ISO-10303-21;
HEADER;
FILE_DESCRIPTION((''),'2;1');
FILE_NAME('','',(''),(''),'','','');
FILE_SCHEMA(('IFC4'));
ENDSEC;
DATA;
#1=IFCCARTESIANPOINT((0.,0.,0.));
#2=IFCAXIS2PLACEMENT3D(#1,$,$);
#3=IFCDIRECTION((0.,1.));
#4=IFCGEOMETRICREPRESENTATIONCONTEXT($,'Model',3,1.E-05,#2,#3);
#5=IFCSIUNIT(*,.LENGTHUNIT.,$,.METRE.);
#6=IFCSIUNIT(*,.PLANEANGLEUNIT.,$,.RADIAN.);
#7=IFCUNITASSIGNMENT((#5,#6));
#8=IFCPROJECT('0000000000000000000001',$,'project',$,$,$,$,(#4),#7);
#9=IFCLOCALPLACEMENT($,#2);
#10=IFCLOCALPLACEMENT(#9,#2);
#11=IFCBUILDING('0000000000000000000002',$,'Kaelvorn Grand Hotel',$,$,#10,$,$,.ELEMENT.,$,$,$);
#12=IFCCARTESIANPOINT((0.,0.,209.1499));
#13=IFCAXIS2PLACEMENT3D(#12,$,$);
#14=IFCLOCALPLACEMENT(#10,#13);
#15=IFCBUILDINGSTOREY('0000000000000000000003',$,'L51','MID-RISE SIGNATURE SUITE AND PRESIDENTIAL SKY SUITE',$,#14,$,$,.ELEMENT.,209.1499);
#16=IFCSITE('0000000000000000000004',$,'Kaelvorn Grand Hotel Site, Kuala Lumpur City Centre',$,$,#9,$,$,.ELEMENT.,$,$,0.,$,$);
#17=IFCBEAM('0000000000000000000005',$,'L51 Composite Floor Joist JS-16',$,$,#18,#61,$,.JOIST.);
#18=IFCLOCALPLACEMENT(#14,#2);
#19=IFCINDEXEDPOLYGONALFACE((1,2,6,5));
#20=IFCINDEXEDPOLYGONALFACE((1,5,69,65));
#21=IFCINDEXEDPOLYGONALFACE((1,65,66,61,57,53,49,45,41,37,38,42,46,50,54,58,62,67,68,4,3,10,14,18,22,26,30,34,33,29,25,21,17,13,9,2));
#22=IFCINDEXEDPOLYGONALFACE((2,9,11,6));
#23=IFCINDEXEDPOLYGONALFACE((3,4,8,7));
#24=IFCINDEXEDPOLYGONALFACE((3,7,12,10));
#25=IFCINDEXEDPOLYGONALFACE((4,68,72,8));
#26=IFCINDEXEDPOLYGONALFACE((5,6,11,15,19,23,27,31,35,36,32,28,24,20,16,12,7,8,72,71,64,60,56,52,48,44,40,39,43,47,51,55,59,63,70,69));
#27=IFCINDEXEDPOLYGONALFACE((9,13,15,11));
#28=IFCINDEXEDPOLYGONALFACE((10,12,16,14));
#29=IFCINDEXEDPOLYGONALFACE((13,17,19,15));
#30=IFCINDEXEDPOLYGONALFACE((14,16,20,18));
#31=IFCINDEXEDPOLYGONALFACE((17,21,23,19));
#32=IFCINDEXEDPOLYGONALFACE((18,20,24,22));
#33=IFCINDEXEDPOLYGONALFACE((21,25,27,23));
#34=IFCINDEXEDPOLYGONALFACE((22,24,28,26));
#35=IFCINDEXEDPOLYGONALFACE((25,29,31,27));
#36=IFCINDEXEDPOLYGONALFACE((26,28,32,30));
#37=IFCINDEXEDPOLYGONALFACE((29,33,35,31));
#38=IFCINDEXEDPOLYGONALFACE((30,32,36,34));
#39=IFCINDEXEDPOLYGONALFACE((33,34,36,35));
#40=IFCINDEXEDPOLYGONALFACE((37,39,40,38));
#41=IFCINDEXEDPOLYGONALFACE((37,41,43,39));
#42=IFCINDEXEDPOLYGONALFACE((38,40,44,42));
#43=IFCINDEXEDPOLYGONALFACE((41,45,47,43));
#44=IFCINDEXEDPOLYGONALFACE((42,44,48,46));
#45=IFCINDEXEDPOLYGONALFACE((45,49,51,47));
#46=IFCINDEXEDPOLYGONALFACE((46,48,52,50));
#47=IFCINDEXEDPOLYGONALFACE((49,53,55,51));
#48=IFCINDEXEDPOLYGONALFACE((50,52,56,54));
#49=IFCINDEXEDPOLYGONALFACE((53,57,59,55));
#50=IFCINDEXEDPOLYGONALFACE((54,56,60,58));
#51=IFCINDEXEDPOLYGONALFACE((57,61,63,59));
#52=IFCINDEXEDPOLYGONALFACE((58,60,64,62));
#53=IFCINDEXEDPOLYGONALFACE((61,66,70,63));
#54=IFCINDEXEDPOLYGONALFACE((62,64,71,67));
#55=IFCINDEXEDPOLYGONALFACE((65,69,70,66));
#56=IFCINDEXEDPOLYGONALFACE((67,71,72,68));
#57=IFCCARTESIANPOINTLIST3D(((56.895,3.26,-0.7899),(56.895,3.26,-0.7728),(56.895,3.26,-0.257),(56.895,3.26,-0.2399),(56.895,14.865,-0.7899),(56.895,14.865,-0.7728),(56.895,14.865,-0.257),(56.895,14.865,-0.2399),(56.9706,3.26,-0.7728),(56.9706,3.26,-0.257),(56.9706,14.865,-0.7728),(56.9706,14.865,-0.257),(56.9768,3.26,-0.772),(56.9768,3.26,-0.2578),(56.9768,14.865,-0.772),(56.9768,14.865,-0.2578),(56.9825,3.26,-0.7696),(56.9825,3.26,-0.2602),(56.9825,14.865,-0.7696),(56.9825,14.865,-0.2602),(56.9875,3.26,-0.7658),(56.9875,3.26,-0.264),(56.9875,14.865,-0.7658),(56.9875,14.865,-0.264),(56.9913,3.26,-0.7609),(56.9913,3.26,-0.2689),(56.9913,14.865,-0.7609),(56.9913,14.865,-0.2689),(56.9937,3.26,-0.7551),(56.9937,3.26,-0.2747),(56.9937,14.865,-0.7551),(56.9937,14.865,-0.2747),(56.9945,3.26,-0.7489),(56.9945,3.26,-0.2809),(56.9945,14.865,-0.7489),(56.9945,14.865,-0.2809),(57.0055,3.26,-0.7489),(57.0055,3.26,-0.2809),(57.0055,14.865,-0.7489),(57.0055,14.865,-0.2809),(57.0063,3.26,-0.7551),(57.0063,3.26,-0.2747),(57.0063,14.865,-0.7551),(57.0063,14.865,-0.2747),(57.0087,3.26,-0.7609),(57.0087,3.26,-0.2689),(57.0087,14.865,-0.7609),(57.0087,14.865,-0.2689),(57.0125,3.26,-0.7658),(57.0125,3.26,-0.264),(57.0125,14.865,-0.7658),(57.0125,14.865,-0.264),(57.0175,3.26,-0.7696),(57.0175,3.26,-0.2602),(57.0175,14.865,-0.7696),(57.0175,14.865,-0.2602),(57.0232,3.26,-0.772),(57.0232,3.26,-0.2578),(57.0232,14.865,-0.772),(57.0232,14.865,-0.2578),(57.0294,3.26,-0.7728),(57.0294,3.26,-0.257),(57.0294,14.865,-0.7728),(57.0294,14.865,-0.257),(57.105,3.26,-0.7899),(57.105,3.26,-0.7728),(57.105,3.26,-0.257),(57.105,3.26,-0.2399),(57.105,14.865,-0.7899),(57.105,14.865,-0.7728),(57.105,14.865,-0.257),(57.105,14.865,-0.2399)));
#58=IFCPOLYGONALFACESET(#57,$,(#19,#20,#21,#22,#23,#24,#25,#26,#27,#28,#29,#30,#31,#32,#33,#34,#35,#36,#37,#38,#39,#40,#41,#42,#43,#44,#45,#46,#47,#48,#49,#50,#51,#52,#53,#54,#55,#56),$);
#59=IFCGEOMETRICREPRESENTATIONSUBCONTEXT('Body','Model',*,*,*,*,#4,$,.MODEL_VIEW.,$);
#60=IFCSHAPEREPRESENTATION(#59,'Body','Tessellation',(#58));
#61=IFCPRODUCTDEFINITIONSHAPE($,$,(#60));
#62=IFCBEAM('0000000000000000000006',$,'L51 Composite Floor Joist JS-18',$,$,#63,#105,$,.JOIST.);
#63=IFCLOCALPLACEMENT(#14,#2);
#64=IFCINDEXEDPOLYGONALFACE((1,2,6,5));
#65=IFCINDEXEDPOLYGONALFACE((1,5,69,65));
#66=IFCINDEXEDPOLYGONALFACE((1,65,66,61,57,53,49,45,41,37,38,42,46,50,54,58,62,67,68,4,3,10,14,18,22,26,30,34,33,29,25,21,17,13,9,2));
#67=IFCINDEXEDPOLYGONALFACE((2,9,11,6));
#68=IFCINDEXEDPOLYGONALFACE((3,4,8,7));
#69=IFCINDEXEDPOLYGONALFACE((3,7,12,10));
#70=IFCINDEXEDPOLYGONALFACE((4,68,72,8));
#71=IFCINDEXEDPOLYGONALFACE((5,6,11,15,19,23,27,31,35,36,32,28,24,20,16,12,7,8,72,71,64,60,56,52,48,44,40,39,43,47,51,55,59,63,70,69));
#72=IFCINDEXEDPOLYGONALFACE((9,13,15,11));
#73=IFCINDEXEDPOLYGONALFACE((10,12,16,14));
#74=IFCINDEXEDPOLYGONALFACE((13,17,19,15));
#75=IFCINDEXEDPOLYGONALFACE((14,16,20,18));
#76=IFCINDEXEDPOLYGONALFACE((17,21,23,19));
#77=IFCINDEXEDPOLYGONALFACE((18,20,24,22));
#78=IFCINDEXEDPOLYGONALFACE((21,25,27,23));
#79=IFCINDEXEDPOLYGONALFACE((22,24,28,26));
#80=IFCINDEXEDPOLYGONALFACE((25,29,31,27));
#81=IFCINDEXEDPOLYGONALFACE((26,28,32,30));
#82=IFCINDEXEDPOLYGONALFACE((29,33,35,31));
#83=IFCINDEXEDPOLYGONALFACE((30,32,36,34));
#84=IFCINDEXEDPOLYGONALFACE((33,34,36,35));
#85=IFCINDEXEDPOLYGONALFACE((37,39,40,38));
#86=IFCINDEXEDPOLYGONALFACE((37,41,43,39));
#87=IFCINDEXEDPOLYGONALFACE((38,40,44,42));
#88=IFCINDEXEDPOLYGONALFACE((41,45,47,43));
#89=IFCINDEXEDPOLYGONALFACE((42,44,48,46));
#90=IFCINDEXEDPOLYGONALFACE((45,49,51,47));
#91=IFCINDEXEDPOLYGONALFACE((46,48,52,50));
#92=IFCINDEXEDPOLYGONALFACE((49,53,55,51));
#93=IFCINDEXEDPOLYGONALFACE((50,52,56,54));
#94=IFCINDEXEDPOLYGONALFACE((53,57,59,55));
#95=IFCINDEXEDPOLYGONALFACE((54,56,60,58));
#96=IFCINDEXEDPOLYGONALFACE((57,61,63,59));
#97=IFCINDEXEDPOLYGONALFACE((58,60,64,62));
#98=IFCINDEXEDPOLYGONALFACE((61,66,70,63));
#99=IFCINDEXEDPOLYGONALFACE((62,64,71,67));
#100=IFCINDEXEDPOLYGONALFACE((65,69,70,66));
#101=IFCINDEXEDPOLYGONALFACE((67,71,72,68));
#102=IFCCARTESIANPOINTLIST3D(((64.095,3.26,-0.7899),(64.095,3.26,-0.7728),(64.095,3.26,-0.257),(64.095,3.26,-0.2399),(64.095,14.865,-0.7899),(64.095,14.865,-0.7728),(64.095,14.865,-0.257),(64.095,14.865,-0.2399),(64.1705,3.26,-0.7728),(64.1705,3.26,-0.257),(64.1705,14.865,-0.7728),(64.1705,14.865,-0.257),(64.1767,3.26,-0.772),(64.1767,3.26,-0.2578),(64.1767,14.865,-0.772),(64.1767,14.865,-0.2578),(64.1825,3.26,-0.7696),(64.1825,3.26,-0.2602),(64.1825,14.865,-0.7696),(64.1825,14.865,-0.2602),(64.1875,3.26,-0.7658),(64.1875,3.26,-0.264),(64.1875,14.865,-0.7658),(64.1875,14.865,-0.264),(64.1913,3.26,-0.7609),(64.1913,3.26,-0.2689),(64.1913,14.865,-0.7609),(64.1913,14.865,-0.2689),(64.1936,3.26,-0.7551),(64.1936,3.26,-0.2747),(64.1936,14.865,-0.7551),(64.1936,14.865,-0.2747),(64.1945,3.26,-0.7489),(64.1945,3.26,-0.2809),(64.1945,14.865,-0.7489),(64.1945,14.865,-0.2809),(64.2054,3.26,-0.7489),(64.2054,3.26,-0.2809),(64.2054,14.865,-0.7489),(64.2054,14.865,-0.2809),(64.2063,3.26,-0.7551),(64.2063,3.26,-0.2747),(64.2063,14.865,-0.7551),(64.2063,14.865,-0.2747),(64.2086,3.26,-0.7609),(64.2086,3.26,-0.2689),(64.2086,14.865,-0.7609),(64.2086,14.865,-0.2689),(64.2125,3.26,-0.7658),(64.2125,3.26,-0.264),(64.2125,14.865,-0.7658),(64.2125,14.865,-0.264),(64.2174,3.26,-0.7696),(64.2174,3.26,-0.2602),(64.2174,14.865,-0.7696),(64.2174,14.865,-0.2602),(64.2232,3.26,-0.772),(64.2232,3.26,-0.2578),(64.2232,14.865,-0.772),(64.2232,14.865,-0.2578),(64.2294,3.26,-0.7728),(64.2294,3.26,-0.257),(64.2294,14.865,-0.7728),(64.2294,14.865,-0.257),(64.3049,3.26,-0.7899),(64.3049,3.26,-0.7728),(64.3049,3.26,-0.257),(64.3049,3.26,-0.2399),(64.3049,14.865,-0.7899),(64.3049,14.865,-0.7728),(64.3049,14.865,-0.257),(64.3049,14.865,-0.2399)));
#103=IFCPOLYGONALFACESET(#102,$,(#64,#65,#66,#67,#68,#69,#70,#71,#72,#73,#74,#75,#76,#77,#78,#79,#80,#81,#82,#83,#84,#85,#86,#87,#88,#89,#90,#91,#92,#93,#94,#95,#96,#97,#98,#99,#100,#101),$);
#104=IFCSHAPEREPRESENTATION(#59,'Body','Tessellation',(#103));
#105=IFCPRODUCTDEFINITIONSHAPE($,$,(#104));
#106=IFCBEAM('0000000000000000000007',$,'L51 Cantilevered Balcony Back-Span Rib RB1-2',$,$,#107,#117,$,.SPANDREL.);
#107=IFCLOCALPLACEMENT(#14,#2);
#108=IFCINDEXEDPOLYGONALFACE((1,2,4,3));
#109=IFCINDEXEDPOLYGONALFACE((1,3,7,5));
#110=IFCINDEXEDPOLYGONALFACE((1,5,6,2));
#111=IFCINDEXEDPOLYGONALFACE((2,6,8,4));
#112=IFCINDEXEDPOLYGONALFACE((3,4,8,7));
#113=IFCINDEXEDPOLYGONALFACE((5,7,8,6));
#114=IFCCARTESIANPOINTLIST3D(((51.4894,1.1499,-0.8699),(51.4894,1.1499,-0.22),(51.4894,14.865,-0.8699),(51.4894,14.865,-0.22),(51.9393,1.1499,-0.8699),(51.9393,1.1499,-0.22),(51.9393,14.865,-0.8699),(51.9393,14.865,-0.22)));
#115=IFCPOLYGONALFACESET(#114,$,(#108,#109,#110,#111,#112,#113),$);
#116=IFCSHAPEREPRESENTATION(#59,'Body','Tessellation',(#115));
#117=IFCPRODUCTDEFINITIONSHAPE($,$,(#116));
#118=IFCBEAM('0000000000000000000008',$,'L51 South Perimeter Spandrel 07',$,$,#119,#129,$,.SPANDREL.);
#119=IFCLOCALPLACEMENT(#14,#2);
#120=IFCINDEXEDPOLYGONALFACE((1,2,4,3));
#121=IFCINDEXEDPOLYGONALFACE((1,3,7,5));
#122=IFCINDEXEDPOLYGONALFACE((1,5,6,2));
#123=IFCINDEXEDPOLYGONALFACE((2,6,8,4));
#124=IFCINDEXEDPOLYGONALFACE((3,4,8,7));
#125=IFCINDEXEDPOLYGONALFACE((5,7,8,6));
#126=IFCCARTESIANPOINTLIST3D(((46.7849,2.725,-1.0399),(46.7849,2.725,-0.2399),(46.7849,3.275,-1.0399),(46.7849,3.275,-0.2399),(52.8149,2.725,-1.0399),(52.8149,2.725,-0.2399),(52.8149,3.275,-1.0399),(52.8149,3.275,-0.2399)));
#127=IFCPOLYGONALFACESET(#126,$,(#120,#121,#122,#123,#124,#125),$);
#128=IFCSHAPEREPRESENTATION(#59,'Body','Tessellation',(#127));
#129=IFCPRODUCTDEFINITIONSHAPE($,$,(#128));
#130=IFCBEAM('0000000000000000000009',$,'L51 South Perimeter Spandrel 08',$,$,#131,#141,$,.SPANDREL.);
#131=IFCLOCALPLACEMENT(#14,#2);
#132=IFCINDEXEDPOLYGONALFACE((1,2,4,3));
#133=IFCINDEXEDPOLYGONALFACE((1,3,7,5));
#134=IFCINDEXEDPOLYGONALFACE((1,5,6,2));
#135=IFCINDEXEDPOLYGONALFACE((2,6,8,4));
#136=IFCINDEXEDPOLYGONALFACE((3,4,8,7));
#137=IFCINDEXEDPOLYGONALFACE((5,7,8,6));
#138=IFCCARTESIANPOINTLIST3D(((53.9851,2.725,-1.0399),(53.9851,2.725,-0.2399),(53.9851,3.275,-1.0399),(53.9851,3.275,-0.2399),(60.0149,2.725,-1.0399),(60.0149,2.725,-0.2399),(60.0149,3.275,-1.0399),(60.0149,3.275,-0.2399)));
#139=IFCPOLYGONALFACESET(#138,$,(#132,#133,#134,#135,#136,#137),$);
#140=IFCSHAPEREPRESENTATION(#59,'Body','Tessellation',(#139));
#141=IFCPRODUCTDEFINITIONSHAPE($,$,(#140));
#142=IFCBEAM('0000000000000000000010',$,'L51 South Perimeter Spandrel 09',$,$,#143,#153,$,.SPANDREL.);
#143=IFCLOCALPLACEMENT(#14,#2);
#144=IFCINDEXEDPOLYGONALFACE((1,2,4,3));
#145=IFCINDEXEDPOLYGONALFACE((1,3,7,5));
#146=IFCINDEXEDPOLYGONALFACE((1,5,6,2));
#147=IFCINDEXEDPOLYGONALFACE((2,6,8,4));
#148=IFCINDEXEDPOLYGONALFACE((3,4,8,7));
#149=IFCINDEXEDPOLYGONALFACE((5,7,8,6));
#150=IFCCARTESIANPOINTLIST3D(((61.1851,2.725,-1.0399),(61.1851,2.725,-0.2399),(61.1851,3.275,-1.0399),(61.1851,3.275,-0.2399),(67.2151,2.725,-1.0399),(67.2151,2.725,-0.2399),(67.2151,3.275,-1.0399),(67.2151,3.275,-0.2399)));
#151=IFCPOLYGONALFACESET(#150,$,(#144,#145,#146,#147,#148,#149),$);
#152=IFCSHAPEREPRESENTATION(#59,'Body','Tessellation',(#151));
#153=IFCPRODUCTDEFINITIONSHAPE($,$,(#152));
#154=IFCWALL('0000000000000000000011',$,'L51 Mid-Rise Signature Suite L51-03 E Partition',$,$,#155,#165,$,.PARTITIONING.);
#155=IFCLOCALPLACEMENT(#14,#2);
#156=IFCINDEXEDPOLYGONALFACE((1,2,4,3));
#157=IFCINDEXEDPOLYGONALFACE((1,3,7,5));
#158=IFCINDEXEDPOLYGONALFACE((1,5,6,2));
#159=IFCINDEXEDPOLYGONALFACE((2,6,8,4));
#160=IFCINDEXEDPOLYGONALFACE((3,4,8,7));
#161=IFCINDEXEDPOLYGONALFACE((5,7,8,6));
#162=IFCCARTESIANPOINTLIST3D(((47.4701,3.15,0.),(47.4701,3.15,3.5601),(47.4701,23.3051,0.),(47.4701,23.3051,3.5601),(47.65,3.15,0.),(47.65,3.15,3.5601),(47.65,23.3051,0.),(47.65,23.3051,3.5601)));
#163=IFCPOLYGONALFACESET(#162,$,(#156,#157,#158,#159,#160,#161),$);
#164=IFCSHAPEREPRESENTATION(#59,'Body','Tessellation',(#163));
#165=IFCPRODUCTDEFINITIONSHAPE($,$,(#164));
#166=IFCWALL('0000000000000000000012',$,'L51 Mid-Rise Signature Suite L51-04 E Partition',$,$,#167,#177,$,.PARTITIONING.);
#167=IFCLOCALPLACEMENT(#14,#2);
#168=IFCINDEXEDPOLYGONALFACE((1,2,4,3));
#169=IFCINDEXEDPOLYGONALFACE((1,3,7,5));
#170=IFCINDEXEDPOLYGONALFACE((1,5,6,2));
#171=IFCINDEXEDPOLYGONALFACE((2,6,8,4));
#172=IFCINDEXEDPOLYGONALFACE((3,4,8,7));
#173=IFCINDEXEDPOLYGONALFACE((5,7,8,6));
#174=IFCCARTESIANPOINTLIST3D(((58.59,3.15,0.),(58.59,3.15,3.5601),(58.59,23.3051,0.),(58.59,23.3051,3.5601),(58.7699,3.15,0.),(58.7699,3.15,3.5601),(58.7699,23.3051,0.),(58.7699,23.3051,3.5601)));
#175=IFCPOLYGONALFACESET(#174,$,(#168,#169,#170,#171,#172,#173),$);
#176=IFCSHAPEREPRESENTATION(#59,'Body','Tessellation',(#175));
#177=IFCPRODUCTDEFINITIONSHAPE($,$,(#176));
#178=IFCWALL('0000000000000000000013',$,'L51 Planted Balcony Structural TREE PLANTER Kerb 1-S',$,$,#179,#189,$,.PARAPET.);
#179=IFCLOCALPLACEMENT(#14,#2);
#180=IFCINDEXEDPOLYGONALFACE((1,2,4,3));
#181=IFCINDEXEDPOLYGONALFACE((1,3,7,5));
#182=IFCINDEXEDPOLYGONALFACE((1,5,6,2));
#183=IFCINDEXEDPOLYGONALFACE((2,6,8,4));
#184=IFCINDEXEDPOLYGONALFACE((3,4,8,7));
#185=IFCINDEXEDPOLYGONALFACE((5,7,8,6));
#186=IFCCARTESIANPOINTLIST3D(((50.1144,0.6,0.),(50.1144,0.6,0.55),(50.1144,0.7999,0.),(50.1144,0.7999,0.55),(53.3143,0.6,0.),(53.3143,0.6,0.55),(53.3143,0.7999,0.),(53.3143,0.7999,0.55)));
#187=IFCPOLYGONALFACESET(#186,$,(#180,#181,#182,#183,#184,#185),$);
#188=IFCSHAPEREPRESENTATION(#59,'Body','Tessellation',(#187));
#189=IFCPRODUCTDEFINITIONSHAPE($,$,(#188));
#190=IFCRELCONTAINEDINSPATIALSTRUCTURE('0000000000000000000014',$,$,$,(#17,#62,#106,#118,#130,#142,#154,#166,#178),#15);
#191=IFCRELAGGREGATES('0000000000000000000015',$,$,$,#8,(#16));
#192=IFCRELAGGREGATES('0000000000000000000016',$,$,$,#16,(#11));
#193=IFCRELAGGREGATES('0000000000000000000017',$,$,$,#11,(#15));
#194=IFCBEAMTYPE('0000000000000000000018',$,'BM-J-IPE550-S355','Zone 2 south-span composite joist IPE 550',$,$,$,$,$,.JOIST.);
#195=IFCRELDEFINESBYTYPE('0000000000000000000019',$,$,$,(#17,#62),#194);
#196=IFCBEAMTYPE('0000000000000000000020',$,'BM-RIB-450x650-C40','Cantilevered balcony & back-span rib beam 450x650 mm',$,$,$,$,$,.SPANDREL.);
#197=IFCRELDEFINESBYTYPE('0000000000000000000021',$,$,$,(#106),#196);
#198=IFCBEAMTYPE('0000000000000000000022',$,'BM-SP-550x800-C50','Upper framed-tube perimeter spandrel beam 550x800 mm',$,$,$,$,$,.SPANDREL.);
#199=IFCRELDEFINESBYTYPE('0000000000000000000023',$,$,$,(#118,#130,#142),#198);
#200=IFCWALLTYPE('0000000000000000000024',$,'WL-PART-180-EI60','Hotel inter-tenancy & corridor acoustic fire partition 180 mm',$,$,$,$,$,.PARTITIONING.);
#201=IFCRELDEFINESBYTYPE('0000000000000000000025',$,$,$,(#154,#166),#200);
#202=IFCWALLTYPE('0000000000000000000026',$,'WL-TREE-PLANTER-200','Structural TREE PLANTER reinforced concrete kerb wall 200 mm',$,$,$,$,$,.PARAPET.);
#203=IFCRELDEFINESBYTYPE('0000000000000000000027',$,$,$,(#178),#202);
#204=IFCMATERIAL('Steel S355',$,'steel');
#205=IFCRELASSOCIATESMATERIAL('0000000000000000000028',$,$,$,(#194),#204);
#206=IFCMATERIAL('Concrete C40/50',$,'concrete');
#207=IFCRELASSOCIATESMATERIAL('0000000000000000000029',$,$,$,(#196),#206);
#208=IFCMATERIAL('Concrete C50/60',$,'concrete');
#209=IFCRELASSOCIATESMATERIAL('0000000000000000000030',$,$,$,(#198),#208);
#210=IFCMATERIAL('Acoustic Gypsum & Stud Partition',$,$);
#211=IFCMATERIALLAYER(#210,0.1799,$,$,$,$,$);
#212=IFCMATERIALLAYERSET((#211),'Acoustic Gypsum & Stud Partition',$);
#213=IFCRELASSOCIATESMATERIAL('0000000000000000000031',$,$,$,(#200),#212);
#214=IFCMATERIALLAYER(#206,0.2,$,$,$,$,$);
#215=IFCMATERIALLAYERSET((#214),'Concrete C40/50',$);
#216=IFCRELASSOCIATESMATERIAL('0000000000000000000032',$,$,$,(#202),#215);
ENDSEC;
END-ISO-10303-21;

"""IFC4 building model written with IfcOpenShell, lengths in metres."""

from ifc_helpers import new_model, si_unit, direction, frame, frame_2d, origin, origin_2d, place, context, subcontext, project, spatial, rectangle, i_section, extrude, material, layer, layer_set, material_profile, profile_set, type_object, element, save


model = new_model("IFC4")

# Units and contexts
model_context = context("Model", 3, precision=1e-05, world=origin(), true_north=direction((0.0, 1.0)))
body_context = subcontext(model_context, "Body", "Model", "MODEL_VIEW")
ifc_project = project(units=[si_unit("LENGTHUNIT", "METRE"), si_unit("PLANEANGLEUNIT", "RADIAN")], contexts=[model_context])

# Site, building, storey
site_placement = place(None, origin())
site = spatial("IfcSite", under=ifc_project, at=site_placement, Name="Kaelvorn Grand Hotel Site, Kuala Lumpur City Centre", CompositionType="ELEMENT", RefElevation=0.0)
building_placement = place(site_placement, origin())
building = spatial("IfcBuilding", under=site, at=building_placement, Name="Kaelvorn Grand Hotel", CompositionType="ELEMENT")
storey_placement = place(building_placement, frame((0.0, 0.0, 209.1499)))
storey = spatial("IfcBuildingStorey", under=building, at=storey_placement, Name="L51", Description="MID-RISE SIGNATURE SUITE AND PRESIDENTIAL SKY SUITE", CompositionType="ELEMENT", Elevation=209.1499)

# Beams
ifc_material_1 = material(Name="Steel S355", Category="steel")
ifc_material_profile_1 = material_profile(ifc_material_1, i_section(OverallWidth=0.21, OverallDepth=0.55, WebThickness=0.011, FlangeThickness=0.0171, FilletRadius=0.0239, at=origin_2d()), Name="IPE 550")
ifc_profile_set_1 = profile_set([ifc_material_profile_1], Name="Steel S355")
beam_type_1 = type_object("IfcBeamType", Name="BM-J-IPE550-S355", Description="Zone 2 south-span composite joist IPE 550", PredefinedType="JOIST", material=ifc_profile_set_1)
for number, where, z_axis, x_axis, name in (
    (1, (57.0, 3.26, -0.5149), (0.0, 1.0, 0.0), (-1.0, 0.0, 0.0), "L51 Composite Floor Joist JS-16"),
    (2, (64.2, 3.26, -0.5149), (0.0, 1.0, 0.0), (-1.0, 0.0, 0.0), "L51 Composite Floor Joist JS-18"),
):
    element("IfcBeam", number, at=place(storey_placement, frame(where, z_axis=z_axis, x_axis=x_axis)), inside=storey, type_object=beam_type_1, Name=name, PredefinedType="JOIST", context=body_context, shape_type="SweptSolid", body=[
        extrude(i_section(OverallWidth=0.21, OverallDepth=0.55, WebThickness=0.011, FlangeThickness=0.0171, FilletRadius=0.0239, at=origin_2d()), origin(), (0.0, 0.0, 1.0), 11.605),
    ])
ifc_material_2 = material(Name="Concrete C40/50", Category="concrete")
ifc_material_profile_2 = material_profile(ifc_material_2, rectangle(XDim=0.45, YDim=0.6499, at=origin_2d()), Name="RC RIB 450x650")
ifc_profile_set_2 = profile_set([ifc_material_profile_2], Name="Concrete C40/50")
beam_type_2 = type_object("IfcBeamType", Name="BM-RIB-450x650-C40", Description="Cantilevered balcony & back-span rib beam 450x650 mm", PredefinedType="SPANDREL", material=ifc_profile_set_2)
beam_1_placement = place(storey_placement, frame((51.7144, 1.1499, -0.5449), z_axis=(0.0, 1.0, 0.0), x_axis=(-1.0, 0.0, 0.0)))
element("IfcBeam", 3, at=beam_1_placement, inside=storey, type_object=beam_type_2, Name="L51 Cantilevered Balcony Back-Span Rib RB1-2", PredefinedType="SPANDREL", context=body_context, shape_type="SweptSolid", body=[
    extrude(rectangle(XDim=0.45, YDim=0.6499, at=origin_2d()), origin(), (0.0, 0.0, 1.0), 13.7151),
])
ifc_material_3 = material(Name="Concrete C50/60", Category="concrete")
ifc_material_profile_3 = material_profile(ifc_material_3, rectangle(XDim=0.55, YDim=0.8, at=origin_2d()), Name="RC SPANDREL 550x800")
ifc_profile_set_3 = profile_set([ifc_material_profile_3], Name="Concrete C50/60")
beam_type_3 = type_object("IfcBeamType", Name="BM-SP-550x800-C50", Description="Upper framed-tube perimeter spandrel beam 550x800 mm", PredefinedType="SPANDREL", material=ifc_profile_set_3)
beam_2_placement = place(storey_placement, frame((46.7849, 3.0, -0.6399), z_axis=(1.0, 0.0, 0.0), x_axis=(0.0, 1.0, 0.0)))
element("IfcBeam", 4, at=beam_2_placement, inside=storey, type_object=beam_type_3, Name="L51 South Perimeter Spandrel 07", PredefinedType="SPANDREL", context=body_context, shape_type="SweptSolid", body=[
    extrude(rectangle(XDim=0.55, YDim=0.8, at=origin_2d()), origin(), (0.0, 0.0, 1.0), 6.03),
])
beam_3_placement = place(storey_placement, frame((53.9851, 3.0, -0.6399), z_axis=(1.0, 0.0, 0.0), x_axis=(0.0, 1.0, 0.0)))
element("IfcBeam", 5, at=beam_3_placement, inside=storey, type_object=beam_type_3, Name="L51 South Perimeter Spandrel 08", PredefinedType="SPANDREL", context=body_context, shape_type="SweptSolid", body=[
    extrude(rectangle(XDim=0.55, YDim=0.8, at=origin_2d()), origin(), (0.0, 0.0, 1.0), 6.0298),
])
beam_4_placement = place(storey_placement, frame((61.1851, 3.0, -0.6399), z_axis=(1.0, 0.0, 0.0), x_axis=(0.0, 1.0, 0.0)))
element("IfcBeam", 6, at=beam_4_placement, inside=storey, type_object=beam_type_3, Name="L51 South Perimeter Spandrel 09", PredefinedType="SPANDREL", context=body_context, shape_type="SweptSolid", body=[
    extrude(rectangle(XDim=0.55, YDim=0.8, at=origin_2d()), origin(), (0.0, 0.0, 1.0), 6.03),
])

# Walls
ifc_material_4 = material(Name="Acoustic Gypsum & Stud Partition")
ifc_layer_1 = layer(ifc_material_4, 0.1799)
ifc_layer_set_1 = layer_set([ifc_layer_1], Name="Acoustic Gypsum & Stud Partition")
wall_type_1 = type_object("IfcWallType", Name="WL-PART-180-EI60", Description="Hotel inter-tenancy & corridor acoustic fire partition 180 mm", PredefinedType="PARTITIONING", material=ifc_layer_set_1)
for number, where, z_axis, x_axis, name in (
    (7, (47.5601, 3.1499, 0.0), (0.0, 0.0, 1.0), (0.0, 1.0, 0.0), "L51 Mid-Rise Signature Suite L51-03 E Partition"),
    (8, (58.6799, 3.1499, 0.0), (0.0, 0.0, 1.0), (0.0, 1.0, 0.0), "L51 Mid-Rise Signature Suite L51-04 E Partition"),
):
    element("IfcWall", number, at=place(storey_placement, frame(where, z_axis=z_axis, x_axis=x_axis)), inside=storey, type_object=wall_type_1, Name=name, PredefinedType="PARTITIONING", context=body_context, shape_type="SweptSolid", body=[
        extrude(rectangle(XDim=20.155, YDim=0.1799, at=frame_2d((10.0776, 0.0))), origin(), (0.0, 0.0, 1.0), 3.5601),
    ])
ifc_layer_2 = layer(ifc_material_2, 0.2)
ifc_layer_set_2 = layer_set([ifc_layer_2], Name="Concrete C40/50")
wall_type_2 = type_object("IfcWallType", Name="WL-TREE-PLANTER-200", Description="Structural TREE PLANTER reinforced concrete kerb wall 200 mm", PredefinedType="PARAPET", material=ifc_layer_set_2)
wall_1_placement = place(storey_placement, frame((50.1143, 0.7, 0.0), z_axis=(0.0, 0.0, 1.0), x_axis=(1.0, 0.0, 0.0)))
element("IfcWall", 9, at=wall_1_placement, inside=storey, type_object=wall_type_2, Name="L51 Planted Balcony Structural TREE PLANTER Kerb 1-S", PredefinedType="PARAPET", context=body_context, shape_type="SweptSolid", body=[
    extrude(rectangle(XDim=3.2, YDim=0.2, at=frame_2d((1.6001, 0.0))), origin(), (0.0, 0.0, 1.0), 0.55),
])

save(model, "model.ifc")
